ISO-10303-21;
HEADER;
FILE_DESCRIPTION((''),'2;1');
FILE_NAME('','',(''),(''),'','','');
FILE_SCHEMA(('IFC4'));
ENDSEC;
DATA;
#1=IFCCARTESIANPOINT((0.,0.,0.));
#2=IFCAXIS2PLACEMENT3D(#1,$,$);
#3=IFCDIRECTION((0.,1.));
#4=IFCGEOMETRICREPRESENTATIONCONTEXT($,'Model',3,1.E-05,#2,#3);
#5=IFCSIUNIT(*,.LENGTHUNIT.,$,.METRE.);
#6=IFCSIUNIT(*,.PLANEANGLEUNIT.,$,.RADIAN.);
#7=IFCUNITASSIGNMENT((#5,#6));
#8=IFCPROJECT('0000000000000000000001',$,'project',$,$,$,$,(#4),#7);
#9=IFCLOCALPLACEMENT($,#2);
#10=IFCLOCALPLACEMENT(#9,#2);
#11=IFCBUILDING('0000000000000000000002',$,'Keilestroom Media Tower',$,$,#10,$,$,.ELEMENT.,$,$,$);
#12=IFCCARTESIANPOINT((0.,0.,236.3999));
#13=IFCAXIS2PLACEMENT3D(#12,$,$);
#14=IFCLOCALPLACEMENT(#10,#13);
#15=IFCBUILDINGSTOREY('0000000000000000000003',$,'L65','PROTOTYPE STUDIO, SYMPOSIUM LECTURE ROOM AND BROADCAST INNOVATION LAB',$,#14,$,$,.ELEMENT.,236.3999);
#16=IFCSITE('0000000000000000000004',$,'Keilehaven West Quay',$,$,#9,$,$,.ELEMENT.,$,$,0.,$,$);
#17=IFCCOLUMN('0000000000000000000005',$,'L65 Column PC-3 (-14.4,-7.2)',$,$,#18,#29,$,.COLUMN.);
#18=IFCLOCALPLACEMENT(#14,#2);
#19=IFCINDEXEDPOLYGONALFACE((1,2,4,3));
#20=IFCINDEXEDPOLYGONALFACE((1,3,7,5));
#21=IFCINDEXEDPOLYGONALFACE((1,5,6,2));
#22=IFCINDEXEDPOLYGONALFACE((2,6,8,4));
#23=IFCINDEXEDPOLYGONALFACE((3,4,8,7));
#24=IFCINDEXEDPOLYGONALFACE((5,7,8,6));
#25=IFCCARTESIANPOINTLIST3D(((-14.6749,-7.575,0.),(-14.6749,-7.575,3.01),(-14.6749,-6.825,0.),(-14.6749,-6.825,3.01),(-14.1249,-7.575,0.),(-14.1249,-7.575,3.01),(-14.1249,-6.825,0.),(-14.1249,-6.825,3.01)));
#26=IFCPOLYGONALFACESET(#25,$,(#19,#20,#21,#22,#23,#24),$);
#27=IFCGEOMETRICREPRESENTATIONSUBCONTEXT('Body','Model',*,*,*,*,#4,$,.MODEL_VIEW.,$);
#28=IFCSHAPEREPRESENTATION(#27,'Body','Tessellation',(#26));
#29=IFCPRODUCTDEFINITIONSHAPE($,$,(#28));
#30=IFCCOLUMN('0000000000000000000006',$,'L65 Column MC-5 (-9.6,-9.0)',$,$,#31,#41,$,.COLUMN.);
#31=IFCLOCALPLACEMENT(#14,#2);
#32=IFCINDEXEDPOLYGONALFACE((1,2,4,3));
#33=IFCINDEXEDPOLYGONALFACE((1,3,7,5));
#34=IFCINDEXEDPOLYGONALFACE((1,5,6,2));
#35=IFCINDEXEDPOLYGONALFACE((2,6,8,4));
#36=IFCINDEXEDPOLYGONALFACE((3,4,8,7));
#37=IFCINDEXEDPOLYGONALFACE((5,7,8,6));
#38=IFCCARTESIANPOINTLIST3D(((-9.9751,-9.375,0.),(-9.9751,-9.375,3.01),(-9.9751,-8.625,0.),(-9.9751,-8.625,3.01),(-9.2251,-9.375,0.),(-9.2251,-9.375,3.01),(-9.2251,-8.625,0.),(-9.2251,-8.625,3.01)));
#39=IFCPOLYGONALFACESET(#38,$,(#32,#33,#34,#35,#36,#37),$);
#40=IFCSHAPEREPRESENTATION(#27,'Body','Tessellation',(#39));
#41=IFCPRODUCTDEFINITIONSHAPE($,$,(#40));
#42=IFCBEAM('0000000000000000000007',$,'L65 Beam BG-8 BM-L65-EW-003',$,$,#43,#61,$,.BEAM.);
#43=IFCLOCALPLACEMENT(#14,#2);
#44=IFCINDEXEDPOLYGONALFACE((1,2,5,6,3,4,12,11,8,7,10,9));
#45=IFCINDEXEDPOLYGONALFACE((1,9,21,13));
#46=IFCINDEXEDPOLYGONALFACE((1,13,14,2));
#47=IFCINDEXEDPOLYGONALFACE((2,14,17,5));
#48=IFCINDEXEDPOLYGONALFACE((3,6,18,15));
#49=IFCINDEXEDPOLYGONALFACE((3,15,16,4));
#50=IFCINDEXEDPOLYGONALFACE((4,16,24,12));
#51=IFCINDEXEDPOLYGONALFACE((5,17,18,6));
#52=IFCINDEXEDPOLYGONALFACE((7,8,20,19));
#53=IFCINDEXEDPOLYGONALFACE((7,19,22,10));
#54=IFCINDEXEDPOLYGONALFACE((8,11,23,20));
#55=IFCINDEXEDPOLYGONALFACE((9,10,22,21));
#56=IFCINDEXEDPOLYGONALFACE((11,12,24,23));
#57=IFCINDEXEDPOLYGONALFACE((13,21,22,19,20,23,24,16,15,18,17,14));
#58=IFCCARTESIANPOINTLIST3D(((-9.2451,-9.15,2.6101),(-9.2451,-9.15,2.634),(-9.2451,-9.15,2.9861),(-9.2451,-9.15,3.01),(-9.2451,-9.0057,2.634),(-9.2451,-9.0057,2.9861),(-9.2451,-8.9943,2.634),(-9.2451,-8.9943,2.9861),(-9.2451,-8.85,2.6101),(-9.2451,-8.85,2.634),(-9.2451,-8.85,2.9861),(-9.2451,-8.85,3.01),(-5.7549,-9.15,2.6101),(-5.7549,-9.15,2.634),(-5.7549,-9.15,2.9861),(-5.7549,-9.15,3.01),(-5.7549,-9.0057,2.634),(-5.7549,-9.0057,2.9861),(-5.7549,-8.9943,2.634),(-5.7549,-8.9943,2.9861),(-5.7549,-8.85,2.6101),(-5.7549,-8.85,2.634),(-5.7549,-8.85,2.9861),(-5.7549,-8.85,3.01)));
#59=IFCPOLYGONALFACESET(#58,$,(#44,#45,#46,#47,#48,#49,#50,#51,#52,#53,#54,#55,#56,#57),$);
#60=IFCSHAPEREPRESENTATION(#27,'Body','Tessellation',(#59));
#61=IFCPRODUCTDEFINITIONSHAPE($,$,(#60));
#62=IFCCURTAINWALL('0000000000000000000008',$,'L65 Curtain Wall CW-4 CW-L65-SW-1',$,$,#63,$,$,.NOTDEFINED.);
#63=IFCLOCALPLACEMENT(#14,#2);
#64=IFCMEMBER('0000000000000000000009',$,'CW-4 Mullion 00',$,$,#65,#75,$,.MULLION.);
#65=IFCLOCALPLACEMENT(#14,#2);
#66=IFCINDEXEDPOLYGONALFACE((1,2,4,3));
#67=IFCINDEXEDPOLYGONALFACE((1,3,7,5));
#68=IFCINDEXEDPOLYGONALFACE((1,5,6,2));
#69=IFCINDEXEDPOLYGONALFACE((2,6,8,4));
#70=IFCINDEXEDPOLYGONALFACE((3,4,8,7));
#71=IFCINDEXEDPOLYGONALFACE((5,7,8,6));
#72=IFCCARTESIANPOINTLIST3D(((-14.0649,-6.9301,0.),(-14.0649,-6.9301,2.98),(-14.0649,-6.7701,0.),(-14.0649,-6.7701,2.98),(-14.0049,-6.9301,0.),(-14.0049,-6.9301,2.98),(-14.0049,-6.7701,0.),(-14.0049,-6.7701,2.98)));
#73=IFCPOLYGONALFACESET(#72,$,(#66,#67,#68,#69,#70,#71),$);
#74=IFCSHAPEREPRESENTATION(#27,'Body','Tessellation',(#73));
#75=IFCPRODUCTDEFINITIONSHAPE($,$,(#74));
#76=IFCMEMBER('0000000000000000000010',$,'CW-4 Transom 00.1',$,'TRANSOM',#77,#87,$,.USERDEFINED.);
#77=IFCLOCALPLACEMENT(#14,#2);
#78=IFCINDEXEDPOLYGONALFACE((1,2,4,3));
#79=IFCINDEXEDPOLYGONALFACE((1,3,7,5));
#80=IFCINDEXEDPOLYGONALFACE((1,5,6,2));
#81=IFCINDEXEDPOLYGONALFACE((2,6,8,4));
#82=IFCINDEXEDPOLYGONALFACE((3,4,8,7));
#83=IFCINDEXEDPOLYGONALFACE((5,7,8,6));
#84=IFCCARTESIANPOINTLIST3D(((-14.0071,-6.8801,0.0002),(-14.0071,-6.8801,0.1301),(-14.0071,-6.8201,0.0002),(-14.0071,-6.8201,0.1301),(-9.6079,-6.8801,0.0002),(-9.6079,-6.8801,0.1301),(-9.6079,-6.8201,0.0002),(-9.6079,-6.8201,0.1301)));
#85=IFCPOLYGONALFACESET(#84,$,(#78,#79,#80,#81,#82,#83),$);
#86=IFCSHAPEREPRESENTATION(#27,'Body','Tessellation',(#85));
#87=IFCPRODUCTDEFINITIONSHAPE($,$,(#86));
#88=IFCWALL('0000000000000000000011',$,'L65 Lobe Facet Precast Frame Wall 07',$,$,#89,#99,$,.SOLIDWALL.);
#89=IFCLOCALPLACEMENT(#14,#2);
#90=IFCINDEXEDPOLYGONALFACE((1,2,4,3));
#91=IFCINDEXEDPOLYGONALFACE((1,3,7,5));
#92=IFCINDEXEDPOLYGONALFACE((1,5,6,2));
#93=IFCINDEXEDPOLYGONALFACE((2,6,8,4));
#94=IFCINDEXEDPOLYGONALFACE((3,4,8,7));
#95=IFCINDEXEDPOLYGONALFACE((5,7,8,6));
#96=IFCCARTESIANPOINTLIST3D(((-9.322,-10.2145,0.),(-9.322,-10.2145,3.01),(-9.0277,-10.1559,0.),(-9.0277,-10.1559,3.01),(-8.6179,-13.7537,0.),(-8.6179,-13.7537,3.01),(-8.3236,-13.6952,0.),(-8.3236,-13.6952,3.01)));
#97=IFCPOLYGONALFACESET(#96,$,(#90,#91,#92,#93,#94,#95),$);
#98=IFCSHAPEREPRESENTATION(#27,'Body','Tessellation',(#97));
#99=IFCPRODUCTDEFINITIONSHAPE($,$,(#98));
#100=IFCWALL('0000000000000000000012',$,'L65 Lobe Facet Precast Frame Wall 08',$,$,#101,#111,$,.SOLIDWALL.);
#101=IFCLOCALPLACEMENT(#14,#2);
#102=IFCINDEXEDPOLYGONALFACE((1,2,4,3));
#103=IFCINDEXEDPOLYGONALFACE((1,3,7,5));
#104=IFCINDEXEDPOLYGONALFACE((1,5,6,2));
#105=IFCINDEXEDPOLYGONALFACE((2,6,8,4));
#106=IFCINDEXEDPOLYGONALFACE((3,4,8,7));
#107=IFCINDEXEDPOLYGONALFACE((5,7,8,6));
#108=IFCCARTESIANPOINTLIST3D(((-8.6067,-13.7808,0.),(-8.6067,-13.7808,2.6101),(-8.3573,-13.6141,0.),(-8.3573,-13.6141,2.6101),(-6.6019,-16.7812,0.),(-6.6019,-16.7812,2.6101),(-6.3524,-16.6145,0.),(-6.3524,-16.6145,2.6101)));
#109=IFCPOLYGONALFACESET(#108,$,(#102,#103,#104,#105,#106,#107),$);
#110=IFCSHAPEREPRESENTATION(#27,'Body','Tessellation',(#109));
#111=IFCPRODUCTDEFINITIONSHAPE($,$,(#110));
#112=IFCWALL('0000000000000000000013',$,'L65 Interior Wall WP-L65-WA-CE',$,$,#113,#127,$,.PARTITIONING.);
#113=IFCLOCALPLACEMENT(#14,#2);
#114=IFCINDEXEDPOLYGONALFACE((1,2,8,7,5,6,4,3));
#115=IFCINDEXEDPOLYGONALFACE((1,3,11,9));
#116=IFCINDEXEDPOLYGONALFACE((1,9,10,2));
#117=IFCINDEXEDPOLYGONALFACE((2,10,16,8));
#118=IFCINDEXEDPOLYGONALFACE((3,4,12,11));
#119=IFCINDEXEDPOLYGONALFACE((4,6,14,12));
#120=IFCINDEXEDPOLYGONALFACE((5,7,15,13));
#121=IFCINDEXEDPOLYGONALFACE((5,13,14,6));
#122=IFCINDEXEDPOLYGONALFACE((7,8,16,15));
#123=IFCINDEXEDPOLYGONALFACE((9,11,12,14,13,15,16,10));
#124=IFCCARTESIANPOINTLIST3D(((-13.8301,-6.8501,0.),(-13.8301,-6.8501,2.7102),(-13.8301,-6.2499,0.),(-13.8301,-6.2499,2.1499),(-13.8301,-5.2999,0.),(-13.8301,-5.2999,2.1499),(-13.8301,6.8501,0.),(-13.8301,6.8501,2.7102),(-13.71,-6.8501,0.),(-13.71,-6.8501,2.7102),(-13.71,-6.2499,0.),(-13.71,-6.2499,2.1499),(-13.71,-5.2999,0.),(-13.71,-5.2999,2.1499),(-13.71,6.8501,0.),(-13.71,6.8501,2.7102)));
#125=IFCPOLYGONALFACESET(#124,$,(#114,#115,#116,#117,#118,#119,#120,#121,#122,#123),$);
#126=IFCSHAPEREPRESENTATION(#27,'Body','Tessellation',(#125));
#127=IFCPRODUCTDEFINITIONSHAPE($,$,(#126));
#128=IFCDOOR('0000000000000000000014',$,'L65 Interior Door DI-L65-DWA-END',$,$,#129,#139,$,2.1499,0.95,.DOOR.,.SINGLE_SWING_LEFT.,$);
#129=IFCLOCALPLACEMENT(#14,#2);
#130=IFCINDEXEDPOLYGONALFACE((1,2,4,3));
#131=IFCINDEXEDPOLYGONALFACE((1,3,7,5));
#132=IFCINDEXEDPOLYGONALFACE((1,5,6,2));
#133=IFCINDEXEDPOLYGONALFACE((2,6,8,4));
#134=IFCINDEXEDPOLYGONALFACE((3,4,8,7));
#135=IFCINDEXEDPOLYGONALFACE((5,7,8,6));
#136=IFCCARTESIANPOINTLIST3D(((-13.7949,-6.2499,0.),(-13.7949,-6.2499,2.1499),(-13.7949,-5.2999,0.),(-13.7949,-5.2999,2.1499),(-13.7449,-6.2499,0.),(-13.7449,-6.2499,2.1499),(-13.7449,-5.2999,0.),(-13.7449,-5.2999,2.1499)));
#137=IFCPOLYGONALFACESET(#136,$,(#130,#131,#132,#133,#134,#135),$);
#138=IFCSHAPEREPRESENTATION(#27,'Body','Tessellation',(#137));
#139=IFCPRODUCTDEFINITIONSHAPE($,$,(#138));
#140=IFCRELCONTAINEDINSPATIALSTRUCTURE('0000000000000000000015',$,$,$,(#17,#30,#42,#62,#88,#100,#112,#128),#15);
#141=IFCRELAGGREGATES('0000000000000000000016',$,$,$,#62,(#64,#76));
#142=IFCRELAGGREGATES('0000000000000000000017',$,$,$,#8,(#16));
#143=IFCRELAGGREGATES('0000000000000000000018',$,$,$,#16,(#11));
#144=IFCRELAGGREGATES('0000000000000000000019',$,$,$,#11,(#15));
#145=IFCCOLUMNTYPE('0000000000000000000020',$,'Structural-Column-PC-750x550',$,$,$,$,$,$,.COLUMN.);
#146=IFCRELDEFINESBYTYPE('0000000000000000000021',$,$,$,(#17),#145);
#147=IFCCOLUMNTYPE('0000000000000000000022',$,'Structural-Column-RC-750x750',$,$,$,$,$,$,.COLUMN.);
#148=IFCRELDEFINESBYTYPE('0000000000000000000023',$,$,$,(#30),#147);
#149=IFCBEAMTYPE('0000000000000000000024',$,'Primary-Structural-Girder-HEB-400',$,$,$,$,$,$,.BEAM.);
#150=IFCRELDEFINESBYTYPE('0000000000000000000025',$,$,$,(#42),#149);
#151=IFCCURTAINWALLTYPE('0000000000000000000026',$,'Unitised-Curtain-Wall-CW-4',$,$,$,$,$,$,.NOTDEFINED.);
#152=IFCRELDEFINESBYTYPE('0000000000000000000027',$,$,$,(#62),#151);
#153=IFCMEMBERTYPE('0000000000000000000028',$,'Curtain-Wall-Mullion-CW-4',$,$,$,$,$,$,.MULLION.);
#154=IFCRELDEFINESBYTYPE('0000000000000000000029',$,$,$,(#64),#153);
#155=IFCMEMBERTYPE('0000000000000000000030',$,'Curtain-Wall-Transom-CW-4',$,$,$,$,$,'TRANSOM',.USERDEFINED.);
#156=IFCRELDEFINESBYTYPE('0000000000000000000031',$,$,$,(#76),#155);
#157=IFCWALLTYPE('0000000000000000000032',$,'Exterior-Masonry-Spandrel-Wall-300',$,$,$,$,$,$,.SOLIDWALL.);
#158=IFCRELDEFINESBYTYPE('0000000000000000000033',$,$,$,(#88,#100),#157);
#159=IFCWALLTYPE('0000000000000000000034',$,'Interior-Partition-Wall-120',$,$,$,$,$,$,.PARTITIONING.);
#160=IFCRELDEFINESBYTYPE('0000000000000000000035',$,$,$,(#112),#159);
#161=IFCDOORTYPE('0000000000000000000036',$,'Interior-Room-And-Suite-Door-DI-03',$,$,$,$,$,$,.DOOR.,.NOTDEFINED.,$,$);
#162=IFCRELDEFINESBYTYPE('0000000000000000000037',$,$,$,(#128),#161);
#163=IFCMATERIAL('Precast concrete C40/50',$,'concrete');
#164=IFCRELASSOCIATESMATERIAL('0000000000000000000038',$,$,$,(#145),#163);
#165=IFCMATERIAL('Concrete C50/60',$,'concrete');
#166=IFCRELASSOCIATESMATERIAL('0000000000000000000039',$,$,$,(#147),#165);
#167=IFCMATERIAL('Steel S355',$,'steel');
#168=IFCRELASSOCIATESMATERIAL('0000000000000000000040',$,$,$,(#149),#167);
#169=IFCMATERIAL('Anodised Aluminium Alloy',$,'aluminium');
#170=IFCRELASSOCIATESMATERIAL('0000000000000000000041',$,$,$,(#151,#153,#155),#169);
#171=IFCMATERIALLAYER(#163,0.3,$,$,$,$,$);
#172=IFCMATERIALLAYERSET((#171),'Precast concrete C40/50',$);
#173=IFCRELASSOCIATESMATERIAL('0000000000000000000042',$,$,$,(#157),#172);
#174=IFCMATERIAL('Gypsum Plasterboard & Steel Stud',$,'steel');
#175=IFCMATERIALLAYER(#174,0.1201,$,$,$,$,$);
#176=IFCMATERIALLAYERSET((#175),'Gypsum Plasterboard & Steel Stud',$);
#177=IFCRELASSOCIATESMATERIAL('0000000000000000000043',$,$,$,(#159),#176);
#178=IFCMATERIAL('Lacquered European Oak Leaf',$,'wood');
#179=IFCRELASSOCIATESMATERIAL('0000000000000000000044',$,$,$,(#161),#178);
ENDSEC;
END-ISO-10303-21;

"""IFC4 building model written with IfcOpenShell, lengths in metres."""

from ifc_helpers import new_model, si_unit, direction, frame, frame_2d, origin, origin_2d, place, context, subcontext, project, spatial, rectangle, i_section, extrude, source, transform, mapped, material, layer, layer_set, material_profile, profile_set, type_object, element, fill, aggregate, save


model = new_model("IFC4")

# Units and contexts
model_context = context("Model", 3, precision=1e-05, world=origin(), true_north=direction((0.0, 1.0)))
body_context = subcontext(model_context, "Body", "Model", "MODEL_VIEW")
ifc_project = project(units=[si_unit("LENGTHUNIT", "METRE"), si_unit("PLANEANGLEUNIT", "RADIAN")], contexts=[model_context])

# Site, building, storey
site_placement = place(None, origin())
site = spatial("IfcSite", under=ifc_project, at=site_placement, Name="Keilehaven West Quay", CompositionType="ELEMENT", RefElevation=0.0)
building_placement = place(site_placement, origin())
building = spatial("IfcBuilding", under=site, at=building_placement, Name="Keilestroom Media Tower", CompositionType="ELEMENT")
storey_placement = place(building_placement, frame((0.0, 0.0, 236.3999)))
storey = spatial("IfcBuildingStorey", under=building, at=storey_placement, Name="L65", Description="PROTOTYPE STUDIO, SYMPOSIUM LECTURE ROOM AND BROADCAST INNOVATION LAB", CompositionType="ELEMENT", Elevation=236.3999)

# Columns
ifc_material_1 = material(Name="Precast concrete C40/50", Category="concrete")
ifc_material_profile_1 = material_profile(ifc_material_1, rectangle(XDim=0.55, YDim=0.75, at=origin_2d()), Name="PC 750x550")
ifc_profile_set_1 = profile_set([ifc_material_profile_1], Name="Precast concrete C40/50")
column_type_1 = type_object("IfcColumnType", Name="Structural-Column-PC-750x550", PredefinedType="COLUMN", material=ifc_profile_set_1)
shared_shape_1 = source(origin(), body_context, "Body", "SweptSolid", [
    extrude(rectangle(XDim=0.55, YDim=0.75, at=origin_2d()), origin(), (0.0, 0.0, 1.0), 3.01),
])
column_1_placement = place(storey_placement, frame((-14.3999, -7.2, 0.0), z_axis=(0.0, 0.0, 1.0), x_axis=(1.0, 0.0, 0.0)))
element("IfcColumn", 1, at=column_1_placement, inside=storey, type_object=column_type_1, Name="L65 Column PC-3 (-14.4,-7.2)", PredefinedType="COLUMN", context=body_context, shape_type="MappedRepresentation", body=[
    mapped(shared_shape_1, transform((0.0, 0.0, 0.0), x_axis=(1.0, 0.0, 0.0), y_axis=(0.0, 1.0, 0.0), z_axis=(0.0, 0.0, 1.0), scale=1.0)),
])
ifc_material_2 = material(Name="Concrete C50/60", Category="concrete")
ifc_material_profile_2 = material_profile(ifc_material_2, rectangle(XDim=0.75, YDim=0.75, at=origin_2d()), Name="RC 750x750")
ifc_profile_set_2 = profile_set([ifc_material_profile_2], Name="Concrete C50/60")
column_type_2 = type_object("IfcColumnType", Name="Structural-Column-RC-750x750", PredefinedType="COLUMN", material=ifc_profile_set_2)
shared_shape_2 = source(origin(), body_context, "Body", "SweptSolid", [
    extrude(rectangle(XDim=0.75, YDim=0.75, at=origin_2d()), origin(), (0.0, 0.0, 1.0), 3.01),
])
column_2_placement = place(storey_placement, frame((-9.6001, -9.0, 0.0), z_axis=(0.0, 0.0, 1.0), x_axis=(1.0, 0.0, 0.0)))
element("IfcColumn", 2, at=column_2_placement, inside=storey, type_object=column_type_2, Name="L65 Column MC-5 (-9.6,-9.0)", PredefinedType="COLUMN", context=body_context, shape_type="MappedRepresentation", body=[
    mapped(shared_shape_2, transform((0.0, 0.0, 0.0), x_axis=(1.0, 0.0, 0.0), y_axis=(0.0, 1.0, 0.0), z_axis=(0.0, 0.0, 1.0), scale=1.0)),
])

# Beam
ifc_material_3 = material(Name="Steel S355", Category="steel")
ifc_material_profile_3 = material_profile(ifc_material_3, i_section(OverallWidth=0.3, OverallDepth=0.3999, WebThickness=0.0115, FlangeThickness=0.0239, at=origin_2d()), Name="HEB 400")
ifc_profile_set_3 = profile_set([ifc_material_profile_3], Name="Steel S355")
beam_type = type_object("IfcBeamType", Name="Primary-Structural-Girder-HEB-400", PredefinedType="BEAM", material=ifc_profile_set_3)
shared_shape_3 = source(origin(), body_context, "Body", "SweptSolid", [
    extrude(i_section(OverallWidth=0.3, OverallDepth=0.3999, WebThickness=0.0115, FlangeThickness=0.0239, at=origin_2d()), origin(), (0.0, 0.0, 1.0), 3.4902),
])
beam_placement = place(storey_placement, frame((-9.2451, -9.0, 2.8101), z_axis=(1.0, 0.0, 0.0), x_axis=(0.0, 1.0, 0.0)))
element("IfcBeam", 3, at=beam_placement, inside=storey, type_object=beam_type, Name="L65 Beam BG-8 BM-L65-EW-003", PredefinedType="BEAM", context=body_context, shape_type="MappedRepresentation", body=[
    mapped(shared_shape_3, transform((0.0, 0.0, 0.0), x_axis=(1.0, 0.0, 0.0), y_axis=(0.0, 1.0, 0.0), z_axis=(0.0, 0.0, 1.0), scale=1.0)),
])

# Curtain wall, members
ifc_material_4 = material(Name="Anodised Aluminium Alloy", Category="aluminium")
curtain_wall_type = type_object("IfcCurtainWallType", Name="Unitised-Curtain-Wall-CW-4", PredefinedType="NOTDEFINED", material=ifc_material_4)
curtain_wall_placement = place(storey_placement, origin())
curtain_wall = element("IfcCurtainWall", 4, at=curtain_wall_placement, inside=storey, type_object=curtain_wall_type, Name="L65 Curtain Wall CW-4 CW-L65-SW-1", PredefinedType="NOTDEFINED")
ifc_material_profile_4 = material_profile(ifc_material_4, rectangle(XDim=0.0601, YDim=0.1599, at=origin_2d()), Name="ALU MULLION 60x160")
ifc_profile_set_4 = profile_set([ifc_material_profile_4], Name="Anodised Aluminium Alloy")
member_type_1 = type_object("IfcMemberType", Name="Curtain-Wall-Mullion-CW-4", PredefinedType="MULLION", material=ifc_profile_set_4)
shared_shape_4 = source(origin(), body_context, "Body", "SweptSolid", [
    extrude(rectangle(XDim=0.0601, YDim=0.1599, at=origin_2d()), origin(), (0.0, 0.0, 1.0), 2.98),
])
member_1_placement = place(storey_placement, frame((-14.0349, -6.8501, 0.0), z_axis=(0.0, 0.0, 1.0), x_axis=(1.0, 0.0, 0.0)))
member_1 = element("IfcMember", 5, at=member_1_placement, type_object=member_type_1, Name="CW-4 Mullion 00", PredefinedType="MULLION", context=body_context, shape_type="MappedRepresentation", body=[
    mapped(shared_shape_4, transform((0.0, 0.0, 0.0), x_axis=(1.0, 0.0, 0.0), y_axis=(0.0, 1.0, 0.0), z_axis=(0.0, 0.0, 1.0), scale=1.0)),
])
ifc_material_profile_5 = material_profile(ifc_material_4, rectangle(XDim=0.0601, YDim=0.1299, at=origin_2d()), Name="ALU TRANSOM 60x130")
ifc_profile_set_5 = profile_set([ifc_material_profile_5], Name="Anodised Aluminium Alloy")
member_type_2 = type_object("IfcMemberType", Name="Curtain-Wall-Transom-CW-4", ElementType="TRANSOM", PredefinedType="USERDEFINED", material=ifc_profile_set_5)
shared_shape_5 = source(origin(), body_context, "Body", "SweptSolid", [
    extrude(rectangle(XDim=0.0601, YDim=0.1299, at=origin_2d()), origin(), (0.0, 0.0, 1.0), 4.3992),
])
member_2_placement = place(storey_placement, frame((-14.0071, -6.8501, 0.0652), z_axis=(1.0, 0.0, 0.0), x_axis=(0.0, 1.0, 0.0)))
member_2 = element("IfcMember", 6, at=member_2_placement, type_object=member_type_2, Name="CW-4 Transom 00.1", ObjectType="TRANSOM", PredefinedType="USERDEFINED", context=body_context, shape_type="MappedRepresentation", body=[
    mapped(shared_shape_5, transform((0.0, 0.0, 0.0), x_axis=(1.0, 0.0, 0.0), y_axis=(0.0, 1.0, 0.0), z_axis=(0.0, 0.0, 1.0), scale=1.0)),
])
aggregate(curtain_wall, [member_1, member_2])

# Walls
ifc_layer_1 = layer(ifc_material_1, 0.3)
ifc_layer_set_1 = layer_set([ifc_layer_1], Name="Precast concrete C40/50")
wall_type_1 = type_object("IfcWallType", Name="Exterior-Masonry-Spandrel-Wall-300", PredefinedType="SOLIDWALL", material=ifc_layer_set_1)
wall_1_placement = place(storey_placement, frame((-9.1748, -10.1853, 0.0), z_axis=(0.0, 0.0, 1.0), x_axis=(0.195114, -0.980781, 0.0)))
element("IfcWall", 7, at=wall_1_placement, inside=storey, type_object=wall_type_1, Name="L65 Lobe Facet Precast Frame Wall 07", PredefinedType="SOLIDWALL", context=body_context, shape_type="SweptSolid", body=[
    extrude(rectangle(XDim=3.6086, YDim=0.3, at=frame_2d((1.8042, 0.0))), origin(), (0.0, 0.0, 1.0), 3.01),
])
wall_2_placement = place(storey_placement, frame((-8.4819, -13.6975, 0.0), z_axis=(0.0, 0.0, 1.0), x_axis=(0.555574, -0.831467, 0.0)))
element("IfcWall", 8, at=wall_2_placement, inside=storey, type_object=wall_type_1, Name="L65 Lobe Facet Precast Frame Wall 08", PredefinedType="SOLIDWALL", context=body_context, shape_type="SweptSolid", body=[
    extrude(rectangle(XDim=3.6086, YDim=0.3, at=frame_2d((1.8042, 0.0))), origin(), (0.0, 0.0, 1.0), 2.6101),
])

# Wall, opening, door
ifc_material_5 = material(Name="Gypsum Plasterboard & Steel Stud", Category="steel")
ifc_layer_2 = layer(ifc_material_5, 0.1201)
ifc_layer_set_2 = layer_set([ifc_layer_2], Name="Gypsum Plasterboard & Steel Stud")
wall_type_2 = type_object("IfcWallType", Name="Interior-Partition-Wall-120", PredefinedType="PARTITIONING", material=ifc_layer_set_2)
wall_3_placement = place(storey_placement, frame((-13.77, -6.8501, 0.0), z_axis=(0.0, 0.0, 1.0), x_axis=(0.0, 1.0, 0.0)))
wall_3 = element("IfcWall", 9, at=wall_3_placement, inside=storey, type_object=wall_type_2, Name="L65 Interior Wall WP-L65-WA-CE", PredefinedType="PARTITIONING", context=body_context, shape_type="SweptSolid", body=[
    extrude(rectangle(XDim=13.7002, YDim=0.1201, at=frame_2d((6.8501, 0.0))), origin(), (0.0, 0.0, 1.0), 2.7102),
])
opening_1_placement = place(wall_3_placement, frame((0.6001, 0.0, 0.0)))
opening_1 = element("IfcOpeningElement", 10, at=opening_1_placement, cuts=wall_3, PredefinedType="OPENING", context=body_context, shape_type="SweptSolid", body=[
    extrude(rectangle(XDim=0.95, YDim=2.1499, at=frame_2d((0.4751, 1.075))), frame((0.0, 0.0701, 0.0), z_axis=(0.0, -1.0, 0.0), x_axis=(1.0, 0.0, 0.0)), (0.0, 0.0, 1.0), 0.1401),
])
ifc_material_6 = material(Name="Lacquered European Oak Leaf", Category="wood")
door_type_1 = type_object("IfcDoorType", Name="Interior-Room-And-Suite-Door-DI-03", OperationType="NOTDEFINED", PredefinedType="DOOR", material=ifc_material_6)
shared_shape_6 = source(origin(), body_context, "Body", "SweptSolid", [
    extrude(rectangle(XDim=0.95, YDim=2.1499, at=frame_2d((0.4751, 1.075))), frame((0.0, 0.0249, 0.0), z_axis=(0.0, -1.0, 0.0), x_axis=(1.0, 0.0, 0.0)), (0.0, 0.0, 1.0), 0.05),
])
door_1_placement = place(opening_1_placement, origin())
door_1 = element("IfcDoor", 11, at=door_1_placement, inside=storey, type_object=door_type_1, Name="L65 Interior Door DI-L65-DWA-END", OperationType="SINGLE_SWING_LEFT", OverallHeight=2.1499, OverallWidth=0.95, PredefinedType="DOOR", context=body_context, shape_type="MappedRepresentation", body=[
    mapped(shared_shape_6, transform((0.0, 0.0, 0.0), x_axis=(1.0, 0.0, 0.0), y_axis=(0.0, 1.0, 0.0), z_axis=(0.0, 0.0, 1.0), scale=1.0)),
])
fill(opening_1, door_1)

save(model, "model.ifc")
